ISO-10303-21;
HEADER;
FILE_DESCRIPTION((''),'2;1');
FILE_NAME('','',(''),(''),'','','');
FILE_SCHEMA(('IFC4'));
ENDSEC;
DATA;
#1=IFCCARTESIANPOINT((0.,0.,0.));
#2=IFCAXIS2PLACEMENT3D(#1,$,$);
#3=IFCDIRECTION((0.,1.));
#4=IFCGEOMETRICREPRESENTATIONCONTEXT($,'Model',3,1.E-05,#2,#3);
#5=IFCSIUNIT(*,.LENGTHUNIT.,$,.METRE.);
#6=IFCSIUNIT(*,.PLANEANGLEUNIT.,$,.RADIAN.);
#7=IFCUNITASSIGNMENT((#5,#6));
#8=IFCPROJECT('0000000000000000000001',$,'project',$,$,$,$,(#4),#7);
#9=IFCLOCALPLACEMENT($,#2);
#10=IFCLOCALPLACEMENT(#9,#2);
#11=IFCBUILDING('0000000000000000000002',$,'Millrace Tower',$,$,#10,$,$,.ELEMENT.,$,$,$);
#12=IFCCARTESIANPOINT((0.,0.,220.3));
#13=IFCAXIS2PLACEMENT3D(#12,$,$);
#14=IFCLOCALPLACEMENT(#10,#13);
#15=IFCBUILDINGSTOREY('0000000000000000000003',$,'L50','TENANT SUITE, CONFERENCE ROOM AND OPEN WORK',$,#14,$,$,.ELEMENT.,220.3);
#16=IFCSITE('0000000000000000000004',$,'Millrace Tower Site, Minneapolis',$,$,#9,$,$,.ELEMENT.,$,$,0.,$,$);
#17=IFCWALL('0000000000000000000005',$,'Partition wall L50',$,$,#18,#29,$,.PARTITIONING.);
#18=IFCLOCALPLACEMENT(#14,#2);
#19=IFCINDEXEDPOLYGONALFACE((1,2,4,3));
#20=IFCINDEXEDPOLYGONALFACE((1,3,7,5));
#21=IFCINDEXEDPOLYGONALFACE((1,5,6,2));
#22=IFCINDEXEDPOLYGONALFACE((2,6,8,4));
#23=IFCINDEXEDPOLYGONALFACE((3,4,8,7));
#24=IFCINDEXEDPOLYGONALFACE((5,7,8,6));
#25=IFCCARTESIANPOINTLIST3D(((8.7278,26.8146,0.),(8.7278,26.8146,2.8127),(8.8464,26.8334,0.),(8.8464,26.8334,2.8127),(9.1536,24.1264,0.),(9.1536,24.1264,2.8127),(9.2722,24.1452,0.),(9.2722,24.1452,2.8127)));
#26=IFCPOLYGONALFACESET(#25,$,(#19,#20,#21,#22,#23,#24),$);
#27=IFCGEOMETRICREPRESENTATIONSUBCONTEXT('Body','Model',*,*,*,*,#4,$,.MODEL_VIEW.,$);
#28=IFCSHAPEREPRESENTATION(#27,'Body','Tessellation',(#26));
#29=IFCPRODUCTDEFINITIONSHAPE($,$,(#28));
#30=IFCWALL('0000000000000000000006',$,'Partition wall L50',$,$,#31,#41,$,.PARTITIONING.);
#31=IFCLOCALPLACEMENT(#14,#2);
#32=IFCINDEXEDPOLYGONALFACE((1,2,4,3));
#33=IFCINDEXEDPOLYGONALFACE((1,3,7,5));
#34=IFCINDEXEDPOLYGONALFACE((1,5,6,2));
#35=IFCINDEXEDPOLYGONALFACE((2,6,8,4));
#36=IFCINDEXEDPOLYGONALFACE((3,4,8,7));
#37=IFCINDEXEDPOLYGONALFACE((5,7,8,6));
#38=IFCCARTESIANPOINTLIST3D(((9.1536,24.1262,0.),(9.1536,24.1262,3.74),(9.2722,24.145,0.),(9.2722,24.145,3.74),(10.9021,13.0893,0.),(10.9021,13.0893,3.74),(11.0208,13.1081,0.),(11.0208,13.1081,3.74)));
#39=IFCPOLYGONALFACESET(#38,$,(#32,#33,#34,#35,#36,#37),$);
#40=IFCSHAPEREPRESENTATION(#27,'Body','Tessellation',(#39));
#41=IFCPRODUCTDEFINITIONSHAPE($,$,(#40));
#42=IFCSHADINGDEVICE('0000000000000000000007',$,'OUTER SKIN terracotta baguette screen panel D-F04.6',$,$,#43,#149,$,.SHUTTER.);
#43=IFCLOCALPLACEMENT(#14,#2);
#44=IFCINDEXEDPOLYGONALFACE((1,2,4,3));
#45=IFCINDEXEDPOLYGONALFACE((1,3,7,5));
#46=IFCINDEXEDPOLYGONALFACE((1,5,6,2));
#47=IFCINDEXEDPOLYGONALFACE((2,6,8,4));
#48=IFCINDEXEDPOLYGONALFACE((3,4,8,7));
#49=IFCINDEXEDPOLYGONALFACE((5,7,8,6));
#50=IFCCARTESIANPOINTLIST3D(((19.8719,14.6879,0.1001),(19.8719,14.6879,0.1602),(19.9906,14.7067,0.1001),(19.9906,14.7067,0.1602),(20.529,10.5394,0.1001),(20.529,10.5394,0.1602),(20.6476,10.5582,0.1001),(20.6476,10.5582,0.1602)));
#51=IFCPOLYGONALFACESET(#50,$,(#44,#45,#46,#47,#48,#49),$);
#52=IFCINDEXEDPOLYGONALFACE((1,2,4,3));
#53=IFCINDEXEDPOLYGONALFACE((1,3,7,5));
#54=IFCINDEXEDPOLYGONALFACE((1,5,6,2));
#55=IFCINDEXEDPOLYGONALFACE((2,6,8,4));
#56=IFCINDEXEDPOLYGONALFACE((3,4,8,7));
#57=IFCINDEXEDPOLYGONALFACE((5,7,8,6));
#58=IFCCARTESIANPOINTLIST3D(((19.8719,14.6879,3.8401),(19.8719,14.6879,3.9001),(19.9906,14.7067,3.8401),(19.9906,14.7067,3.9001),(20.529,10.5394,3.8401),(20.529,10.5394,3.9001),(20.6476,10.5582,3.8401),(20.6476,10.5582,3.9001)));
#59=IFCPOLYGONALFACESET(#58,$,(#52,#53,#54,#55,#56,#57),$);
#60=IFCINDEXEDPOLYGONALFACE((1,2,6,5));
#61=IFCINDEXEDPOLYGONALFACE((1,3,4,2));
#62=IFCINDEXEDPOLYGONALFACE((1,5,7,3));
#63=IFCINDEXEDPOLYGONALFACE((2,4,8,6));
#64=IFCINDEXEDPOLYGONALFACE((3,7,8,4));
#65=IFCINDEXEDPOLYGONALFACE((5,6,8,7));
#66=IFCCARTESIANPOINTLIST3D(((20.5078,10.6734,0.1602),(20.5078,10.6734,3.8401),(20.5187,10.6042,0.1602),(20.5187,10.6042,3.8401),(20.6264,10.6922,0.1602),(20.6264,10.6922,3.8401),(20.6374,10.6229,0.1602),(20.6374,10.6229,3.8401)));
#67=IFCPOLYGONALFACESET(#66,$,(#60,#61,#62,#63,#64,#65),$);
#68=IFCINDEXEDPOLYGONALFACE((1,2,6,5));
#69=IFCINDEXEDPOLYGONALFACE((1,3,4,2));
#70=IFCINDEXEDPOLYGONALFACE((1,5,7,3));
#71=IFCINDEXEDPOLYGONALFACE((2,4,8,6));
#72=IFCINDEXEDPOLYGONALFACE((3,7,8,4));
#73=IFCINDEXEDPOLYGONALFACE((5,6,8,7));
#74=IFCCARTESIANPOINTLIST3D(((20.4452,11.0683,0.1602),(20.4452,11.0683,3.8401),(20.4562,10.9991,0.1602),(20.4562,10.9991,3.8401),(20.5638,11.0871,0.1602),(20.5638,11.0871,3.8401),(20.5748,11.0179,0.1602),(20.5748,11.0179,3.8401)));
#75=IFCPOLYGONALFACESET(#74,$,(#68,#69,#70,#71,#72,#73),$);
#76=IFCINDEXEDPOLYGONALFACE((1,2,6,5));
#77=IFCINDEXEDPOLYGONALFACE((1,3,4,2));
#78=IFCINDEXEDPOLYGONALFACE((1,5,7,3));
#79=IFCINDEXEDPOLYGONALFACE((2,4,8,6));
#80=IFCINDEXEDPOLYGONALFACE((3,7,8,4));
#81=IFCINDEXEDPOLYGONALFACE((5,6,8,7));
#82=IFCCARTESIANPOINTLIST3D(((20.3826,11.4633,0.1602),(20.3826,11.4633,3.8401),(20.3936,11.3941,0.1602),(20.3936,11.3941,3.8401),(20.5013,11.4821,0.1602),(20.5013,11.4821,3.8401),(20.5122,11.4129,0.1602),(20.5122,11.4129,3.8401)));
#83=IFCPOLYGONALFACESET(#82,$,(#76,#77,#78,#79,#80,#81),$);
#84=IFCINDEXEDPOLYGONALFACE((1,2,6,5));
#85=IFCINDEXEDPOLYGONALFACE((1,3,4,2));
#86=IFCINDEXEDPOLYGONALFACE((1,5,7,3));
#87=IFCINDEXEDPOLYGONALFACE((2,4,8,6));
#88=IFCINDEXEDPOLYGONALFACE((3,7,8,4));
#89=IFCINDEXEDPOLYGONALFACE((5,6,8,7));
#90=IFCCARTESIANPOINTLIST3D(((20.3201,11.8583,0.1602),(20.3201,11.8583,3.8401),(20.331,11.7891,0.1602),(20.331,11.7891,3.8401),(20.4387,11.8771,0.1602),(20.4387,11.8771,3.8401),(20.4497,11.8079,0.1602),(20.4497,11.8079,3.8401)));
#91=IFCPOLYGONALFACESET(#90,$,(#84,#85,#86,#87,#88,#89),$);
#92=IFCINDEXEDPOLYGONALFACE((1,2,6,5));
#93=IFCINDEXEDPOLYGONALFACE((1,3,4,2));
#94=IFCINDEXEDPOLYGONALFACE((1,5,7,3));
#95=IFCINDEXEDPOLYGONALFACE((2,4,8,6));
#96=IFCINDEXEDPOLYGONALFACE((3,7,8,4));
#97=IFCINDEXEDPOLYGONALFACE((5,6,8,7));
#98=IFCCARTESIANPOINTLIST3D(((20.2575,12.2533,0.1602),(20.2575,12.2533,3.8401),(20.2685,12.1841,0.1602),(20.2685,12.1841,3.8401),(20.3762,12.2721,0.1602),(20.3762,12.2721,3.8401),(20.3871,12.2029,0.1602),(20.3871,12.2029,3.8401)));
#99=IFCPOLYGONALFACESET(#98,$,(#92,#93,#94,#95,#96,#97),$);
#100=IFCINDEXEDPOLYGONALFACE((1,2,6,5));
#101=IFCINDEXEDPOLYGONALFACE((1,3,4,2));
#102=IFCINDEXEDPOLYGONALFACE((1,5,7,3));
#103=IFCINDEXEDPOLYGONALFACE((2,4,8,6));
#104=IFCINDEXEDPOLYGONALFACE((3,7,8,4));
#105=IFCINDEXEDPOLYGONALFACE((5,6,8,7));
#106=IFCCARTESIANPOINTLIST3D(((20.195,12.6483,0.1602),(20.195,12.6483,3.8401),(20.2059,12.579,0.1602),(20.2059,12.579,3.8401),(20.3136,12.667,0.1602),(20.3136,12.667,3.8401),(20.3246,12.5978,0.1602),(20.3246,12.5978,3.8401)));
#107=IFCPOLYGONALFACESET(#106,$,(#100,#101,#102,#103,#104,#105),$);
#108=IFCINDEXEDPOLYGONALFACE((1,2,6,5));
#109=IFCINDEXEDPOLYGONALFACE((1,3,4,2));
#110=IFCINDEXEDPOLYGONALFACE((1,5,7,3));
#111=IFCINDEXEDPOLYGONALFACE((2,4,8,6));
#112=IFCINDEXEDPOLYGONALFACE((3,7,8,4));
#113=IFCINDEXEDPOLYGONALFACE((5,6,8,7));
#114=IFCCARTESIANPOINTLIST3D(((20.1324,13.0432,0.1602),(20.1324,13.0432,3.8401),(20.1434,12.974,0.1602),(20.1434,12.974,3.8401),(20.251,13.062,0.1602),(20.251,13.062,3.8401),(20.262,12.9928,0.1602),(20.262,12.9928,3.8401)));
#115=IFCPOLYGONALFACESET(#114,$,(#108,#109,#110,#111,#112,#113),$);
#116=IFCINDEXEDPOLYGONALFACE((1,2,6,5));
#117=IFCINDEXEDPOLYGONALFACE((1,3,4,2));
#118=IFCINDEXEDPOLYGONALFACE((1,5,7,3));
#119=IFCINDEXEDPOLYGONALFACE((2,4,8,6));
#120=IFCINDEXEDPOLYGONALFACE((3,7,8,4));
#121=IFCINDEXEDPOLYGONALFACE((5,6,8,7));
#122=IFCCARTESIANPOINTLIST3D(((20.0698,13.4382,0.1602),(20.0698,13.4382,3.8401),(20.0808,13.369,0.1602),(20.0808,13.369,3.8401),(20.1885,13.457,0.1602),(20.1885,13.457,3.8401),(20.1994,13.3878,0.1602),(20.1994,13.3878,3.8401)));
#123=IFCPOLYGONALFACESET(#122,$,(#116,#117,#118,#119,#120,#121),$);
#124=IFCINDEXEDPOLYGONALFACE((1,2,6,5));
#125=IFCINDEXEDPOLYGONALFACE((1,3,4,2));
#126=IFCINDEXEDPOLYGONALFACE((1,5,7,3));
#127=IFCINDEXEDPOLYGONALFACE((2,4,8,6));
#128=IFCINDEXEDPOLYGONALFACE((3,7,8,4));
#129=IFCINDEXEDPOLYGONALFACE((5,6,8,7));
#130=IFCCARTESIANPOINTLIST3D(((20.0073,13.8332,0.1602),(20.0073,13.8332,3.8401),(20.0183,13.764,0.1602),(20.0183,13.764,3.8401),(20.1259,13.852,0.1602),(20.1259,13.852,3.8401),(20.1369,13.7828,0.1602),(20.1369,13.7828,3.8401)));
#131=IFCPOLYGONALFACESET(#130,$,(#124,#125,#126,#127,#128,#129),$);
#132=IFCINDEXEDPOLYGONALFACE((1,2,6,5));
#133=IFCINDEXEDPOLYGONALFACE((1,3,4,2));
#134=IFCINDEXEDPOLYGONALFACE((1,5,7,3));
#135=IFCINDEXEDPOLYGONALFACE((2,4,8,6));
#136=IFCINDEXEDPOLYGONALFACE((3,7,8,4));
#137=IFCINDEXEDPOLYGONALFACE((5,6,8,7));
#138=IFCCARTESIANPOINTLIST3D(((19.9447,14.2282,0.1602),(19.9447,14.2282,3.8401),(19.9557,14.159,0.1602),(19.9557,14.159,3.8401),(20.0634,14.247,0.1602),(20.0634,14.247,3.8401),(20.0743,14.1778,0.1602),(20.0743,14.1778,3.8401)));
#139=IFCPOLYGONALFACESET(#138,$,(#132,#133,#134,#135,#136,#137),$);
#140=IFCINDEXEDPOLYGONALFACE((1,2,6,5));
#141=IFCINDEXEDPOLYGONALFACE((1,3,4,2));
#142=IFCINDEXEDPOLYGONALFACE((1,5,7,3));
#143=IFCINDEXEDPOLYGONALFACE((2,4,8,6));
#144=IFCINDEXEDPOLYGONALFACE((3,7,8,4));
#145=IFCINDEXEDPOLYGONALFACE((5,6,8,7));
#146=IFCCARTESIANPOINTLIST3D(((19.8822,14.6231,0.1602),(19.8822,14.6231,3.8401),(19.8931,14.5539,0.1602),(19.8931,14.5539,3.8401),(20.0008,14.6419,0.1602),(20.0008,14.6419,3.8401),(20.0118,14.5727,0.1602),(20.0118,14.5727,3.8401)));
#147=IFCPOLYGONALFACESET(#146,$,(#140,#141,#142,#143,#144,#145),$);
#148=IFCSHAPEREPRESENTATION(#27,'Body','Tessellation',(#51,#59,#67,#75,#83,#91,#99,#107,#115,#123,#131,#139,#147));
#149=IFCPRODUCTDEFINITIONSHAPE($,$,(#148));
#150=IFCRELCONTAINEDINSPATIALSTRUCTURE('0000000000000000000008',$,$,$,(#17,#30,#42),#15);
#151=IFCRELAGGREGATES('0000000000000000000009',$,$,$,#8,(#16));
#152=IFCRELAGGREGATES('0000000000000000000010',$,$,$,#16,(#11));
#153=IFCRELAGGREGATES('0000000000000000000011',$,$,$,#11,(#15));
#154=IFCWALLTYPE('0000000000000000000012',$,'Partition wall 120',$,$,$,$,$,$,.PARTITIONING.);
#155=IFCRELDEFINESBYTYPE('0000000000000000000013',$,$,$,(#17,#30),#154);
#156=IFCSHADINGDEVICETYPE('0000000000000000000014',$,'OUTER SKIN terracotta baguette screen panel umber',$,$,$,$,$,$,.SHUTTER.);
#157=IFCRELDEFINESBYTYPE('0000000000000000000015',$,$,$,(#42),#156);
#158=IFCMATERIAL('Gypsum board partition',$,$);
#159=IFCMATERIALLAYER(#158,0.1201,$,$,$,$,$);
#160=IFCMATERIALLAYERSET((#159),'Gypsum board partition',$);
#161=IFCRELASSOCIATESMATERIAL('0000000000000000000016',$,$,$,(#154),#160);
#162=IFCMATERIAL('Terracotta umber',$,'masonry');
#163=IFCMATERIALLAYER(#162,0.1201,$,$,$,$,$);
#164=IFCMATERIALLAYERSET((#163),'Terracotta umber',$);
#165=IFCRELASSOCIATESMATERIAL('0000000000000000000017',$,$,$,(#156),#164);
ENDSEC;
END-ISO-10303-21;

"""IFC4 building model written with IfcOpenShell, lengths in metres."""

from ifc_helpers import new_model, entity, si_unit, direction, frame, frame_2d, origin, origin_2d, place, context, subcontext, project, spatial, rectangle, extrude, source, transform, mapped, material, layer, layer_set, type_object, element, save


model = new_model("IFC4")

# Units and contexts
model_context = context("Model", 3, precision=1e-05, world=origin(), true_north=direction((0.0, 1.0)))
body_context = subcontext(model_context, "Body", "Model", "MODEL_VIEW")
ifc_project = project(units=[si_unit("LENGTHUNIT", "METRE"), si_unit("PLANEANGLEUNIT", "RADIAN")], contexts=[model_context])

# Site, building, storey
site_placement = place(None, origin())
site = spatial("IfcSite", under=ifc_project, at=site_placement, Name="Millrace Tower Site, Minneapolis", CompositionType="ELEMENT", RefElevation=0.0)
building_placement = place(site_placement, origin())
building = spatial("IfcBuilding", under=site, at=building_placement, Name="Millrace Tower", CompositionType="ELEMENT")
storey_placement = place(building_placement, frame((0.0, 0.0, 220.3)))
storey = spatial("IfcBuildingStorey", under=building, at=storey_placement, Name="L50", Description="TENANT SUITE, CONFERENCE ROOM AND OPEN WORK", CompositionType="ELEMENT", Elevation=220.3)

# Walls
ifc_material_1 = material(Name="Gypsum board partition")
ifc_layer_1 = layer(ifc_material_1, 0.1201)
ifc_layer_set_1 = layer_set([ifc_layer_1], Name="Gypsum board partition")
wall_type_1 = type_object("IfcWallType", Name="Partition wall 120", PredefinedType="PARTITIONING", material=ifc_layer_set_1)
wall_1_placement = place(storey_placement, frame((8.7871, 26.824, 0.0), z_axis=(0.0, 0.0, 1.0), x_axis=(0.156437, -0.987688, 0.0)))
element("IfcWall", 1, at=wall_1_placement, inside=storey, type_object=wall_type_1, Name="Partition wall L50", PredefinedType="PARTITIONING", context=body_context, shape_type="SweptSolid", body=[
    extrude(rectangle(XDim=2.7217, YDim=0.1201, at=frame_2d((1.3608, 0.0))), origin(), (0.0, 0.0, 1.0), 2.8127),
])
wall_2_placement = place(storey_placement, frame((9.2129, 24.1357, 0.0), z_axis=(0.0, 0.0, 1.0), x_axis=(0.156475, -0.987682, 0.0)))
element("IfcWall", 2, at=wall_2_placement, inside=storey, type_object=wall_type_1, Name="Partition wall L50", PredefinedType="PARTITIONING", context=body_context, shape_type="SweptSolid", body=[
    extrude(rectangle(XDim=11.1746, YDim=0.1201, at=frame_2d((5.5874, 0.0))), origin(), (0.0, 0.0, 1.0), 3.74),
])

# Shading device
ifc_material_2 = material(Name="Terracotta umber", Category="masonry")
ifc_layer_2 = layer(ifc_material_2, 0.1201)
ifc_layer_set_2 = layer_set([ifc_layer_2], Name="Terracotta umber")
shading_device_type = type_object("IfcShadingDeviceType", Name="OUTER SKIN terracotta baguette screen panel umber", PredefinedType="SHUTTER", material=ifc_layer_set_2)
cartesian_point_1 = entity("IfcCartesianPoint", [-2.1001, 0.0601])
shared_polyline_1 = entity("IfcPolyline", [cartesian_point_1, entity("IfcCartesianPoint", [2.1001, 0.0601]), entity("IfcCartesianPoint", [2.1001, -0.0601]), entity("IfcCartesianPoint", [-2.1001, -0.0601]), cartesian_point_1])
shared_shape_1 = source(origin(), body_context, "Body", "SweptSolid", [
    entity("IfcExtrudedAreaSolid", entity("IfcArbitraryClosedProfileDef", "AREA", None, shared_polyline_1), entity("IfcAxis2Placement3D", entity("IfcCartesianPoint", [0.0, 0.0, 0.0])), entity("IfcDirection", [0.0, 0.0, 1.0]), 0.0601),
    entity("IfcExtrudedAreaSolid", entity("IfcArbitraryClosedProfileDef", "AREA", None, shared_polyline_1), entity("IfcAxis2Placement3D", entity("IfcCartesianPoint", [0.0, 0.0, 3.74])), entity("IfcDirection", [0.0, 0.0, 1.0]), 0.0601),
    extrude(rectangle(XDim=0.0701, YDim=0.1201, at=frame_2d((-1.9995, 0.0))), frame((0.0, 0.0, 0.0601)), (0.0, 0.0, 1.0), 3.6799),
    extrude(rectangle(XDim=0.0701, YDim=0.1201, at=frame_2d((-1.5996, 0.0))), frame((0.0, 0.0, 0.0601)), (0.0, 0.0, 1.0), 3.6799),
    extrude(rectangle(XDim=0.0701, YDim=0.1201, at=frame_2d((-1.1997, 0.0))), frame((0.0, 0.0, 0.0601)), (0.0, 0.0, 1.0), 3.6799),
    extrude(rectangle(XDim=0.0701, YDim=0.1201, at=frame_2d((-0.7998, 0.0))), frame((0.0, 0.0, 0.0601)), (0.0, 0.0, 1.0), 3.6799),
    extrude(rectangle(XDim=0.0701, YDim=0.1201, at=frame_2d((-0.3999, 0.0))), frame((0.0, 0.0, 0.0601)), (0.0, 0.0, 1.0), 3.6799),
    extrude(rectangle(XDim=0.0701, YDim=0.1201, at=origin_2d()), frame((0.0, 0.0, 0.0601)), (0.0, 0.0, 1.0), 3.6799),
    extrude(rectangle(XDim=0.0701, YDim=0.1201, at=frame_2d((0.3999, 0.0))), frame((0.0, 0.0, 0.0601)), (0.0, 0.0, 1.0), 3.6799),
    extrude(rectangle(XDim=0.0701, YDim=0.1201, at=frame_2d((0.7998, 0.0))), frame((0.0, 0.0, 0.0601)), (0.0, 0.0, 1.0), 3.6799),
    extrude(rectangle(XDim=0.0701, YDim=0.1201, at=frame_2d((1.1997, 0.0))), frame((0.0, 0.0, 0.0601)), (0.0, 0.0, 1.0), 3.6799),
    extrude(rectangle(XDim=0.0701, YDim=0.1201, at=frame_2d((1.5996, 0.0))), frame((0.0, 0.0, 0.0601)), (0.0, 0.0, 1.0), 3.6799),
    extrude(rectangle(XDim=0.0701, YDim=0.1201, at=frame_2d((1.9995, 0.0))), frame((0.0, 0.0, 0.0601)), (0.0, 0.0, 1.0), 3.6799),
])
for number, where, z_axis, x_axis, name in (
    (3, (20.2598, 12.623, 0.1001), (0.0, 0.0, 1.0), (-0.156434, 0.987688, 0.0), "OUTER SKIN terracotta baguette screen panel D-F04.6"),
):
    element("IfcShadingDevice", number, at=place(storey_placement, frame(where, z_axis=z_axis, x_axis=x_axis)), inside=storey, type_object=shading_device_type, Name=name, PredefinedType="SHUTTER", context=body_context, shape_type="MappedRepresentation", body=[
        mapped(shared_shape_1, transform((0.0, 0.0, 0.0), scale=1.0)),
    ])

save(model, "model.ifc")
